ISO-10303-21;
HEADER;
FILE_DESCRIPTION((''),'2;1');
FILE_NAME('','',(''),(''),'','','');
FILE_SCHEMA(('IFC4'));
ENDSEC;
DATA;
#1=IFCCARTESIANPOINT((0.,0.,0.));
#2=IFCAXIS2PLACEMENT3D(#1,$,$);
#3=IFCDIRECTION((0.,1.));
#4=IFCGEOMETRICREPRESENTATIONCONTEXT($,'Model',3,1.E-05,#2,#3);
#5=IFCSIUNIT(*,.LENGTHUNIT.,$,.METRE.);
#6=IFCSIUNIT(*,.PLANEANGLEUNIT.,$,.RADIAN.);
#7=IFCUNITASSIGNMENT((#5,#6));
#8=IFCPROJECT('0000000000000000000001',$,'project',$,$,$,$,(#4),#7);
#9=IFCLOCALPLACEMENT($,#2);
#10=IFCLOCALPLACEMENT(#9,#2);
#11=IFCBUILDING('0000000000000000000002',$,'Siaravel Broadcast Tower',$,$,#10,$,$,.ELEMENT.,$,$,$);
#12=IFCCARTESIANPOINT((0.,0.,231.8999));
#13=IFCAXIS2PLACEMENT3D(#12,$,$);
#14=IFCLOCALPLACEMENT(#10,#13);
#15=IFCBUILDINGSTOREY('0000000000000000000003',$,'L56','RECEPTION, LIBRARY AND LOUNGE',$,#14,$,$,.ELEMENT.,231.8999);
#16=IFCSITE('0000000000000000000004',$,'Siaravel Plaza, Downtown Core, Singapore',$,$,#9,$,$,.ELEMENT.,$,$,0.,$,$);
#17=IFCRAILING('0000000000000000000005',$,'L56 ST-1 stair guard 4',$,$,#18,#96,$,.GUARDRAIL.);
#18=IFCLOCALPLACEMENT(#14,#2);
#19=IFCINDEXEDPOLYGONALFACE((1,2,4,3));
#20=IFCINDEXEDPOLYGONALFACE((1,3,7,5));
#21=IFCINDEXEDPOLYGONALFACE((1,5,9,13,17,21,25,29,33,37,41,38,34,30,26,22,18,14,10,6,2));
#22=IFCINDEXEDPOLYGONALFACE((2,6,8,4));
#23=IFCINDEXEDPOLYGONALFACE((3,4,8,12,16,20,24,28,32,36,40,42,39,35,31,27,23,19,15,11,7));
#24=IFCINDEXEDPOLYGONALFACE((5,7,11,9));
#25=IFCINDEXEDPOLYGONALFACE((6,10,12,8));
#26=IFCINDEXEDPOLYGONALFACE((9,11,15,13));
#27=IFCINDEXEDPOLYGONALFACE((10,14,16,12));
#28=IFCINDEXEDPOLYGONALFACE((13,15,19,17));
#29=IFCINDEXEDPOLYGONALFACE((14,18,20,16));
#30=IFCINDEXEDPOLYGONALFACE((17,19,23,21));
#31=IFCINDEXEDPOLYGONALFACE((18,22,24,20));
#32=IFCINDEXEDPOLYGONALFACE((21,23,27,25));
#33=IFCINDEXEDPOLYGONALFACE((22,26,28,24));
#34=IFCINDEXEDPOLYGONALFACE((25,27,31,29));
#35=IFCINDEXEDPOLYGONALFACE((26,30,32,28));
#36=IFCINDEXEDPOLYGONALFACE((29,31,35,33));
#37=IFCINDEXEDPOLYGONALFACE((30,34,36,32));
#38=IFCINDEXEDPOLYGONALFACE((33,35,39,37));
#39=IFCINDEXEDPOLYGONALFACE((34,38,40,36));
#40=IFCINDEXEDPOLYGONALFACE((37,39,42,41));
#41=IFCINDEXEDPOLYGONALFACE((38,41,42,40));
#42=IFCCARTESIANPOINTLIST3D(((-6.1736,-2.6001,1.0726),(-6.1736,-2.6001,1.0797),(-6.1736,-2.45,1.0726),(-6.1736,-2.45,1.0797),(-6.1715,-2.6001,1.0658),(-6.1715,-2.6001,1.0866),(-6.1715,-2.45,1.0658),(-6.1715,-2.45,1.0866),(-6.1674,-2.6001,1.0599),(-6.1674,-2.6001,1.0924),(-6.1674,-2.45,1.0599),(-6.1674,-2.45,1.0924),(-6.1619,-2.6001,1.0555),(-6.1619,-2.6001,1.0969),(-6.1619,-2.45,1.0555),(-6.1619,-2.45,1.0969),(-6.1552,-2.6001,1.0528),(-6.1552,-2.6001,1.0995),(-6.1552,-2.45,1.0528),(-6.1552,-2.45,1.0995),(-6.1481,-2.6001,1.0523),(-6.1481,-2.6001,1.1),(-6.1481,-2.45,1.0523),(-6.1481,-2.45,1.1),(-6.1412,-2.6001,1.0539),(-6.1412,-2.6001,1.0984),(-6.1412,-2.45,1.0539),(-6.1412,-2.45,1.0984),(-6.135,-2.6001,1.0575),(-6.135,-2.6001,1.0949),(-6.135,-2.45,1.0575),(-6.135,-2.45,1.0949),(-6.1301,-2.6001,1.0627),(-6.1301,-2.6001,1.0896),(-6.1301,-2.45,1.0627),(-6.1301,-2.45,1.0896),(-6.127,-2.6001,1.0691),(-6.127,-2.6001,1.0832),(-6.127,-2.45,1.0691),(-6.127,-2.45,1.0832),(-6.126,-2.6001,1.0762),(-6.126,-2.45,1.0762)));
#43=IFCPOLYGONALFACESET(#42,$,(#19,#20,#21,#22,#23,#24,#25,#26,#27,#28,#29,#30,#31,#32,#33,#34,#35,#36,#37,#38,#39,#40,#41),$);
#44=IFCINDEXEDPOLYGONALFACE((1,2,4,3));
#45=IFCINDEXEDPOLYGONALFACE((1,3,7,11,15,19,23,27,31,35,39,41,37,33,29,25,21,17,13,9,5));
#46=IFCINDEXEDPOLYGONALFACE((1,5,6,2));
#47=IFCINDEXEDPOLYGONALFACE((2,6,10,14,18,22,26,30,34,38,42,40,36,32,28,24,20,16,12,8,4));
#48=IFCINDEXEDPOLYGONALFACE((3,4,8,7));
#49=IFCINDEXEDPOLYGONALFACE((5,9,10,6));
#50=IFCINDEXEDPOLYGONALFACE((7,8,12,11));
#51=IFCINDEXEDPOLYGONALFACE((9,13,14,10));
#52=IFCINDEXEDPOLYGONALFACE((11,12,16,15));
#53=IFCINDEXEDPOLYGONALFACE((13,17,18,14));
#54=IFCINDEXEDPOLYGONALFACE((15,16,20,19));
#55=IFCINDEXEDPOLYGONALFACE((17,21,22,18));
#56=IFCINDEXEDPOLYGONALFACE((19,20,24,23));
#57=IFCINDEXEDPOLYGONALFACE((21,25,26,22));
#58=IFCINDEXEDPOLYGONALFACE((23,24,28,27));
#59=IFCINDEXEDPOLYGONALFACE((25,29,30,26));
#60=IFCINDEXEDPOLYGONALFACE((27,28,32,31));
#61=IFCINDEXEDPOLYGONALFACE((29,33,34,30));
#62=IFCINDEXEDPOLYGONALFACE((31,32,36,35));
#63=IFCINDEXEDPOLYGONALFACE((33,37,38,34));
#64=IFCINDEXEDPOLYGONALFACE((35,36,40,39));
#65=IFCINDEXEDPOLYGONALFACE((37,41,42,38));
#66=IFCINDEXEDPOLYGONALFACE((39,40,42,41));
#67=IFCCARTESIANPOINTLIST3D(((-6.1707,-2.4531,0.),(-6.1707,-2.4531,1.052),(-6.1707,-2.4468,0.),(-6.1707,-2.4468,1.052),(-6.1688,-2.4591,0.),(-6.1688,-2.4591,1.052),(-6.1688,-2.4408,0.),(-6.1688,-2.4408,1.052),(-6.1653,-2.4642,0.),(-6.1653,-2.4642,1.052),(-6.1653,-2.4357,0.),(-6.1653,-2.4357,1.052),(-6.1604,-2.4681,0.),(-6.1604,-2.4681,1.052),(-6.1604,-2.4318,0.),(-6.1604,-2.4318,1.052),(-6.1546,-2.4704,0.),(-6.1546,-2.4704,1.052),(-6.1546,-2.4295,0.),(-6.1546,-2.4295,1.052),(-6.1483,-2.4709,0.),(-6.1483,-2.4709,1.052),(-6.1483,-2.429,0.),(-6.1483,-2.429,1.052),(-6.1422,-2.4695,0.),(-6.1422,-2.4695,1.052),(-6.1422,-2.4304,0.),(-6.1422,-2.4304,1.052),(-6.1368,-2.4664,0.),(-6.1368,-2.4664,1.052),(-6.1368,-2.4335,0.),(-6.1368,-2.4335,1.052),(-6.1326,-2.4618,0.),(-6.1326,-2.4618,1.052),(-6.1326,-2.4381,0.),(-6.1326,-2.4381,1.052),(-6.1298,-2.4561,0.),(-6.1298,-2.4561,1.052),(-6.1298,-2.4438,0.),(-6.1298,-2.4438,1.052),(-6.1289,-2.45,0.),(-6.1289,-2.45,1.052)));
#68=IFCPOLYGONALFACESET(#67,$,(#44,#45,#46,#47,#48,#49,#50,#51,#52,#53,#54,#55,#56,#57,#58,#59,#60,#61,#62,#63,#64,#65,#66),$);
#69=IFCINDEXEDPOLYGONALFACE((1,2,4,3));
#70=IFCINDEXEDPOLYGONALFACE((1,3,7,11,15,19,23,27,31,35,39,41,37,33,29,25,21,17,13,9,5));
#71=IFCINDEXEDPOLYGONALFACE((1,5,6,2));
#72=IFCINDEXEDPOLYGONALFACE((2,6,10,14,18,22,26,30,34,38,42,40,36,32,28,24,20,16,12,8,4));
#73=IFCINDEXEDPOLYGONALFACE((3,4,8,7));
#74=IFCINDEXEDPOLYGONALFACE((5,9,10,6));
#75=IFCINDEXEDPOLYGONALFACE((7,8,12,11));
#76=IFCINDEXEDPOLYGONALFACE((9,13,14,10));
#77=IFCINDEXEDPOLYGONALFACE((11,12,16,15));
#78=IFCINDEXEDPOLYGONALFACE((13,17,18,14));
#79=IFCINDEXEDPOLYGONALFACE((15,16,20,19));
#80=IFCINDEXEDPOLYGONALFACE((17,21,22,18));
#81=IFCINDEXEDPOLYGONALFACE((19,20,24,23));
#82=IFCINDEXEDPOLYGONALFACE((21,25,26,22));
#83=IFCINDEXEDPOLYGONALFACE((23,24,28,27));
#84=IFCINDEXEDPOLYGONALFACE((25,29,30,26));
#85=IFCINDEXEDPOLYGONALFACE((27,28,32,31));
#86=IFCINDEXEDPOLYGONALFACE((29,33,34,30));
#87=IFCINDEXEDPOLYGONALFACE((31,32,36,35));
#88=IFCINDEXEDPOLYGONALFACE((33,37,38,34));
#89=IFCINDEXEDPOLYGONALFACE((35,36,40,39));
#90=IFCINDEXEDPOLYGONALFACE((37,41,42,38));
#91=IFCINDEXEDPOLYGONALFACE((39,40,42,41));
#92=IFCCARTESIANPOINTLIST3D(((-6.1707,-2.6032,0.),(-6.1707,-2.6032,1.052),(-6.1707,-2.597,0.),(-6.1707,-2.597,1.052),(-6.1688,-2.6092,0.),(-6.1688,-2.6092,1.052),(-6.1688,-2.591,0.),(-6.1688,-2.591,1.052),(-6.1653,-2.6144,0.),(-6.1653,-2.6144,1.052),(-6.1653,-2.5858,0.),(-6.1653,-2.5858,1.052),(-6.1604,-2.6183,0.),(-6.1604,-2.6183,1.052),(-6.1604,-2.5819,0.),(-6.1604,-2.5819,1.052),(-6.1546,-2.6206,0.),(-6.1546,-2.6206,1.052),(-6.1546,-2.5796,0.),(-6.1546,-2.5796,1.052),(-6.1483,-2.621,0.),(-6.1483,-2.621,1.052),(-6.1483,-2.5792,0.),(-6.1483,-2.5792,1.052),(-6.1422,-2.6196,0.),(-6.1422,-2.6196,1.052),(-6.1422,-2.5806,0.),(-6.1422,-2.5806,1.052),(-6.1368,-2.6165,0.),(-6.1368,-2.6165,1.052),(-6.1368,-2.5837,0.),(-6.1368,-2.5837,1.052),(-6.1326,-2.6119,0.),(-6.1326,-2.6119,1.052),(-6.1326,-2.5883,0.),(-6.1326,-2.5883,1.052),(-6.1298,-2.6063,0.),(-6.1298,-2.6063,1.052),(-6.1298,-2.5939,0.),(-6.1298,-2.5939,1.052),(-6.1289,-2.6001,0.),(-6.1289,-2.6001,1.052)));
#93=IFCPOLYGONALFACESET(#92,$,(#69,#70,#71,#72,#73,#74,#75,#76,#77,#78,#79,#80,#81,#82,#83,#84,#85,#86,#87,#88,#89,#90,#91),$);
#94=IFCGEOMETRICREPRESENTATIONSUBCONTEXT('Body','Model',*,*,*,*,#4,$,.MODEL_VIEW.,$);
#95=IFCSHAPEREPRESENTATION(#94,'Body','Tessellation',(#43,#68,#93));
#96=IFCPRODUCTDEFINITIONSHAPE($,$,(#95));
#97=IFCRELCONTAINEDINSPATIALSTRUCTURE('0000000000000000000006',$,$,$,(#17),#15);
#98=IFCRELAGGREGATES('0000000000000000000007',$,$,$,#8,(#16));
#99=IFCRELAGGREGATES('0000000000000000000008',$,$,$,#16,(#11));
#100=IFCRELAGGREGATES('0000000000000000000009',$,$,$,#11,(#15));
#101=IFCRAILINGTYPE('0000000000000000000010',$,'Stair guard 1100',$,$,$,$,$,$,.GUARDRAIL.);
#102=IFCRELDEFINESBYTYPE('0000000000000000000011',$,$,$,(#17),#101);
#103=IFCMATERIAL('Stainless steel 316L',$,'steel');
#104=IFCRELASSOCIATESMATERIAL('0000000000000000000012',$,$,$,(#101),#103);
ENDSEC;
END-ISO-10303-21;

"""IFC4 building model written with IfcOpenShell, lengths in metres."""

from ifc_helpers import new_model, si_unit, direction, frame, origin, origin_2d, place, context, subcontext, project, spatial, circle, extrude, material, type_object, element, save


model = new_model("IFC4")

# Units and contexts
model_context = context("Model", 3, precision=1e-05, world=origin(), true_north=direction((0.0, 1.0)))
body_context = subcontext(model_context, "Body", "Model", "MODEL_VIEW")
ifc_project = project(units=[si_unit("LENGTHUNIT", "METRE"), si_unit("PLANEANGLEUNIT", "RADIAN")], contexts=[model_context])

# Site, building, storey
site_placement = place(None, origin())
site = spatial("IfcSite", under=ifc_project, at=site_placement, Name="Siaravel Plaza, Downtown Core, Singapore", CompositionType="ELEMENT", RefElevation=0.0)
building_placement = place(site_placement, origin())
building = spatial("IfcBuilding", under=site, at=building_placement, Name="Siaravel Broadcast Tower", CompositionType="ELEMENT")
storey_placement = place(building_placement, frame((0.0, 0.0, 231.8999)))
storey = spatial("IfcBuildingStorey", under=building, at=storey_placement, Name="L56", Description="RECEPTION, LIBRARY AND LOUNGE", CompositionType="ELEMENT", Elevation=231.8999)

# Shared definitions
ifc_material_1 = material(Name="Stainless steel 316L", Category="steel")

# Railing
railing_type_1 = type_object("IfcRailingType", Name="Stair guard 1100", PredefinedType="GUARDRAIL", material=ifc_material_1)
railing_1_placement = place(storey_placement, frame((-6.1499, -2.45, 0.0)))
element("IfcRailing", 1, at=railing_1_placement, inside=storey, type_object=railing_type_1, Name="L56 ST-1 stair guard 4", PredefinedType="GUARDRAIL", context=body_context, shape_type="SweptSolid", body=[
    extrude(circle(Radius=0.0239, at=origin_2d()), frame((0.0, 0.0, 1.0762), z_axis=(0.0, -1.0, 0.0), x_axis=(1.0, 0.0, 0.0)), (0.0, 0.0, 1.0), 0.1501),
    extrude(circle(Radius=0.021, at=origin_2d()), origin(), (0.0, 0.0, 1.0), 1.052),
    extrude(circle(Radius=0.021, at=origin_2d()), frame((0.0, -0.1501, 0.0)), (0.0, 0.0, 1.0), 1.052),
])

save(model, "model.ifc")
